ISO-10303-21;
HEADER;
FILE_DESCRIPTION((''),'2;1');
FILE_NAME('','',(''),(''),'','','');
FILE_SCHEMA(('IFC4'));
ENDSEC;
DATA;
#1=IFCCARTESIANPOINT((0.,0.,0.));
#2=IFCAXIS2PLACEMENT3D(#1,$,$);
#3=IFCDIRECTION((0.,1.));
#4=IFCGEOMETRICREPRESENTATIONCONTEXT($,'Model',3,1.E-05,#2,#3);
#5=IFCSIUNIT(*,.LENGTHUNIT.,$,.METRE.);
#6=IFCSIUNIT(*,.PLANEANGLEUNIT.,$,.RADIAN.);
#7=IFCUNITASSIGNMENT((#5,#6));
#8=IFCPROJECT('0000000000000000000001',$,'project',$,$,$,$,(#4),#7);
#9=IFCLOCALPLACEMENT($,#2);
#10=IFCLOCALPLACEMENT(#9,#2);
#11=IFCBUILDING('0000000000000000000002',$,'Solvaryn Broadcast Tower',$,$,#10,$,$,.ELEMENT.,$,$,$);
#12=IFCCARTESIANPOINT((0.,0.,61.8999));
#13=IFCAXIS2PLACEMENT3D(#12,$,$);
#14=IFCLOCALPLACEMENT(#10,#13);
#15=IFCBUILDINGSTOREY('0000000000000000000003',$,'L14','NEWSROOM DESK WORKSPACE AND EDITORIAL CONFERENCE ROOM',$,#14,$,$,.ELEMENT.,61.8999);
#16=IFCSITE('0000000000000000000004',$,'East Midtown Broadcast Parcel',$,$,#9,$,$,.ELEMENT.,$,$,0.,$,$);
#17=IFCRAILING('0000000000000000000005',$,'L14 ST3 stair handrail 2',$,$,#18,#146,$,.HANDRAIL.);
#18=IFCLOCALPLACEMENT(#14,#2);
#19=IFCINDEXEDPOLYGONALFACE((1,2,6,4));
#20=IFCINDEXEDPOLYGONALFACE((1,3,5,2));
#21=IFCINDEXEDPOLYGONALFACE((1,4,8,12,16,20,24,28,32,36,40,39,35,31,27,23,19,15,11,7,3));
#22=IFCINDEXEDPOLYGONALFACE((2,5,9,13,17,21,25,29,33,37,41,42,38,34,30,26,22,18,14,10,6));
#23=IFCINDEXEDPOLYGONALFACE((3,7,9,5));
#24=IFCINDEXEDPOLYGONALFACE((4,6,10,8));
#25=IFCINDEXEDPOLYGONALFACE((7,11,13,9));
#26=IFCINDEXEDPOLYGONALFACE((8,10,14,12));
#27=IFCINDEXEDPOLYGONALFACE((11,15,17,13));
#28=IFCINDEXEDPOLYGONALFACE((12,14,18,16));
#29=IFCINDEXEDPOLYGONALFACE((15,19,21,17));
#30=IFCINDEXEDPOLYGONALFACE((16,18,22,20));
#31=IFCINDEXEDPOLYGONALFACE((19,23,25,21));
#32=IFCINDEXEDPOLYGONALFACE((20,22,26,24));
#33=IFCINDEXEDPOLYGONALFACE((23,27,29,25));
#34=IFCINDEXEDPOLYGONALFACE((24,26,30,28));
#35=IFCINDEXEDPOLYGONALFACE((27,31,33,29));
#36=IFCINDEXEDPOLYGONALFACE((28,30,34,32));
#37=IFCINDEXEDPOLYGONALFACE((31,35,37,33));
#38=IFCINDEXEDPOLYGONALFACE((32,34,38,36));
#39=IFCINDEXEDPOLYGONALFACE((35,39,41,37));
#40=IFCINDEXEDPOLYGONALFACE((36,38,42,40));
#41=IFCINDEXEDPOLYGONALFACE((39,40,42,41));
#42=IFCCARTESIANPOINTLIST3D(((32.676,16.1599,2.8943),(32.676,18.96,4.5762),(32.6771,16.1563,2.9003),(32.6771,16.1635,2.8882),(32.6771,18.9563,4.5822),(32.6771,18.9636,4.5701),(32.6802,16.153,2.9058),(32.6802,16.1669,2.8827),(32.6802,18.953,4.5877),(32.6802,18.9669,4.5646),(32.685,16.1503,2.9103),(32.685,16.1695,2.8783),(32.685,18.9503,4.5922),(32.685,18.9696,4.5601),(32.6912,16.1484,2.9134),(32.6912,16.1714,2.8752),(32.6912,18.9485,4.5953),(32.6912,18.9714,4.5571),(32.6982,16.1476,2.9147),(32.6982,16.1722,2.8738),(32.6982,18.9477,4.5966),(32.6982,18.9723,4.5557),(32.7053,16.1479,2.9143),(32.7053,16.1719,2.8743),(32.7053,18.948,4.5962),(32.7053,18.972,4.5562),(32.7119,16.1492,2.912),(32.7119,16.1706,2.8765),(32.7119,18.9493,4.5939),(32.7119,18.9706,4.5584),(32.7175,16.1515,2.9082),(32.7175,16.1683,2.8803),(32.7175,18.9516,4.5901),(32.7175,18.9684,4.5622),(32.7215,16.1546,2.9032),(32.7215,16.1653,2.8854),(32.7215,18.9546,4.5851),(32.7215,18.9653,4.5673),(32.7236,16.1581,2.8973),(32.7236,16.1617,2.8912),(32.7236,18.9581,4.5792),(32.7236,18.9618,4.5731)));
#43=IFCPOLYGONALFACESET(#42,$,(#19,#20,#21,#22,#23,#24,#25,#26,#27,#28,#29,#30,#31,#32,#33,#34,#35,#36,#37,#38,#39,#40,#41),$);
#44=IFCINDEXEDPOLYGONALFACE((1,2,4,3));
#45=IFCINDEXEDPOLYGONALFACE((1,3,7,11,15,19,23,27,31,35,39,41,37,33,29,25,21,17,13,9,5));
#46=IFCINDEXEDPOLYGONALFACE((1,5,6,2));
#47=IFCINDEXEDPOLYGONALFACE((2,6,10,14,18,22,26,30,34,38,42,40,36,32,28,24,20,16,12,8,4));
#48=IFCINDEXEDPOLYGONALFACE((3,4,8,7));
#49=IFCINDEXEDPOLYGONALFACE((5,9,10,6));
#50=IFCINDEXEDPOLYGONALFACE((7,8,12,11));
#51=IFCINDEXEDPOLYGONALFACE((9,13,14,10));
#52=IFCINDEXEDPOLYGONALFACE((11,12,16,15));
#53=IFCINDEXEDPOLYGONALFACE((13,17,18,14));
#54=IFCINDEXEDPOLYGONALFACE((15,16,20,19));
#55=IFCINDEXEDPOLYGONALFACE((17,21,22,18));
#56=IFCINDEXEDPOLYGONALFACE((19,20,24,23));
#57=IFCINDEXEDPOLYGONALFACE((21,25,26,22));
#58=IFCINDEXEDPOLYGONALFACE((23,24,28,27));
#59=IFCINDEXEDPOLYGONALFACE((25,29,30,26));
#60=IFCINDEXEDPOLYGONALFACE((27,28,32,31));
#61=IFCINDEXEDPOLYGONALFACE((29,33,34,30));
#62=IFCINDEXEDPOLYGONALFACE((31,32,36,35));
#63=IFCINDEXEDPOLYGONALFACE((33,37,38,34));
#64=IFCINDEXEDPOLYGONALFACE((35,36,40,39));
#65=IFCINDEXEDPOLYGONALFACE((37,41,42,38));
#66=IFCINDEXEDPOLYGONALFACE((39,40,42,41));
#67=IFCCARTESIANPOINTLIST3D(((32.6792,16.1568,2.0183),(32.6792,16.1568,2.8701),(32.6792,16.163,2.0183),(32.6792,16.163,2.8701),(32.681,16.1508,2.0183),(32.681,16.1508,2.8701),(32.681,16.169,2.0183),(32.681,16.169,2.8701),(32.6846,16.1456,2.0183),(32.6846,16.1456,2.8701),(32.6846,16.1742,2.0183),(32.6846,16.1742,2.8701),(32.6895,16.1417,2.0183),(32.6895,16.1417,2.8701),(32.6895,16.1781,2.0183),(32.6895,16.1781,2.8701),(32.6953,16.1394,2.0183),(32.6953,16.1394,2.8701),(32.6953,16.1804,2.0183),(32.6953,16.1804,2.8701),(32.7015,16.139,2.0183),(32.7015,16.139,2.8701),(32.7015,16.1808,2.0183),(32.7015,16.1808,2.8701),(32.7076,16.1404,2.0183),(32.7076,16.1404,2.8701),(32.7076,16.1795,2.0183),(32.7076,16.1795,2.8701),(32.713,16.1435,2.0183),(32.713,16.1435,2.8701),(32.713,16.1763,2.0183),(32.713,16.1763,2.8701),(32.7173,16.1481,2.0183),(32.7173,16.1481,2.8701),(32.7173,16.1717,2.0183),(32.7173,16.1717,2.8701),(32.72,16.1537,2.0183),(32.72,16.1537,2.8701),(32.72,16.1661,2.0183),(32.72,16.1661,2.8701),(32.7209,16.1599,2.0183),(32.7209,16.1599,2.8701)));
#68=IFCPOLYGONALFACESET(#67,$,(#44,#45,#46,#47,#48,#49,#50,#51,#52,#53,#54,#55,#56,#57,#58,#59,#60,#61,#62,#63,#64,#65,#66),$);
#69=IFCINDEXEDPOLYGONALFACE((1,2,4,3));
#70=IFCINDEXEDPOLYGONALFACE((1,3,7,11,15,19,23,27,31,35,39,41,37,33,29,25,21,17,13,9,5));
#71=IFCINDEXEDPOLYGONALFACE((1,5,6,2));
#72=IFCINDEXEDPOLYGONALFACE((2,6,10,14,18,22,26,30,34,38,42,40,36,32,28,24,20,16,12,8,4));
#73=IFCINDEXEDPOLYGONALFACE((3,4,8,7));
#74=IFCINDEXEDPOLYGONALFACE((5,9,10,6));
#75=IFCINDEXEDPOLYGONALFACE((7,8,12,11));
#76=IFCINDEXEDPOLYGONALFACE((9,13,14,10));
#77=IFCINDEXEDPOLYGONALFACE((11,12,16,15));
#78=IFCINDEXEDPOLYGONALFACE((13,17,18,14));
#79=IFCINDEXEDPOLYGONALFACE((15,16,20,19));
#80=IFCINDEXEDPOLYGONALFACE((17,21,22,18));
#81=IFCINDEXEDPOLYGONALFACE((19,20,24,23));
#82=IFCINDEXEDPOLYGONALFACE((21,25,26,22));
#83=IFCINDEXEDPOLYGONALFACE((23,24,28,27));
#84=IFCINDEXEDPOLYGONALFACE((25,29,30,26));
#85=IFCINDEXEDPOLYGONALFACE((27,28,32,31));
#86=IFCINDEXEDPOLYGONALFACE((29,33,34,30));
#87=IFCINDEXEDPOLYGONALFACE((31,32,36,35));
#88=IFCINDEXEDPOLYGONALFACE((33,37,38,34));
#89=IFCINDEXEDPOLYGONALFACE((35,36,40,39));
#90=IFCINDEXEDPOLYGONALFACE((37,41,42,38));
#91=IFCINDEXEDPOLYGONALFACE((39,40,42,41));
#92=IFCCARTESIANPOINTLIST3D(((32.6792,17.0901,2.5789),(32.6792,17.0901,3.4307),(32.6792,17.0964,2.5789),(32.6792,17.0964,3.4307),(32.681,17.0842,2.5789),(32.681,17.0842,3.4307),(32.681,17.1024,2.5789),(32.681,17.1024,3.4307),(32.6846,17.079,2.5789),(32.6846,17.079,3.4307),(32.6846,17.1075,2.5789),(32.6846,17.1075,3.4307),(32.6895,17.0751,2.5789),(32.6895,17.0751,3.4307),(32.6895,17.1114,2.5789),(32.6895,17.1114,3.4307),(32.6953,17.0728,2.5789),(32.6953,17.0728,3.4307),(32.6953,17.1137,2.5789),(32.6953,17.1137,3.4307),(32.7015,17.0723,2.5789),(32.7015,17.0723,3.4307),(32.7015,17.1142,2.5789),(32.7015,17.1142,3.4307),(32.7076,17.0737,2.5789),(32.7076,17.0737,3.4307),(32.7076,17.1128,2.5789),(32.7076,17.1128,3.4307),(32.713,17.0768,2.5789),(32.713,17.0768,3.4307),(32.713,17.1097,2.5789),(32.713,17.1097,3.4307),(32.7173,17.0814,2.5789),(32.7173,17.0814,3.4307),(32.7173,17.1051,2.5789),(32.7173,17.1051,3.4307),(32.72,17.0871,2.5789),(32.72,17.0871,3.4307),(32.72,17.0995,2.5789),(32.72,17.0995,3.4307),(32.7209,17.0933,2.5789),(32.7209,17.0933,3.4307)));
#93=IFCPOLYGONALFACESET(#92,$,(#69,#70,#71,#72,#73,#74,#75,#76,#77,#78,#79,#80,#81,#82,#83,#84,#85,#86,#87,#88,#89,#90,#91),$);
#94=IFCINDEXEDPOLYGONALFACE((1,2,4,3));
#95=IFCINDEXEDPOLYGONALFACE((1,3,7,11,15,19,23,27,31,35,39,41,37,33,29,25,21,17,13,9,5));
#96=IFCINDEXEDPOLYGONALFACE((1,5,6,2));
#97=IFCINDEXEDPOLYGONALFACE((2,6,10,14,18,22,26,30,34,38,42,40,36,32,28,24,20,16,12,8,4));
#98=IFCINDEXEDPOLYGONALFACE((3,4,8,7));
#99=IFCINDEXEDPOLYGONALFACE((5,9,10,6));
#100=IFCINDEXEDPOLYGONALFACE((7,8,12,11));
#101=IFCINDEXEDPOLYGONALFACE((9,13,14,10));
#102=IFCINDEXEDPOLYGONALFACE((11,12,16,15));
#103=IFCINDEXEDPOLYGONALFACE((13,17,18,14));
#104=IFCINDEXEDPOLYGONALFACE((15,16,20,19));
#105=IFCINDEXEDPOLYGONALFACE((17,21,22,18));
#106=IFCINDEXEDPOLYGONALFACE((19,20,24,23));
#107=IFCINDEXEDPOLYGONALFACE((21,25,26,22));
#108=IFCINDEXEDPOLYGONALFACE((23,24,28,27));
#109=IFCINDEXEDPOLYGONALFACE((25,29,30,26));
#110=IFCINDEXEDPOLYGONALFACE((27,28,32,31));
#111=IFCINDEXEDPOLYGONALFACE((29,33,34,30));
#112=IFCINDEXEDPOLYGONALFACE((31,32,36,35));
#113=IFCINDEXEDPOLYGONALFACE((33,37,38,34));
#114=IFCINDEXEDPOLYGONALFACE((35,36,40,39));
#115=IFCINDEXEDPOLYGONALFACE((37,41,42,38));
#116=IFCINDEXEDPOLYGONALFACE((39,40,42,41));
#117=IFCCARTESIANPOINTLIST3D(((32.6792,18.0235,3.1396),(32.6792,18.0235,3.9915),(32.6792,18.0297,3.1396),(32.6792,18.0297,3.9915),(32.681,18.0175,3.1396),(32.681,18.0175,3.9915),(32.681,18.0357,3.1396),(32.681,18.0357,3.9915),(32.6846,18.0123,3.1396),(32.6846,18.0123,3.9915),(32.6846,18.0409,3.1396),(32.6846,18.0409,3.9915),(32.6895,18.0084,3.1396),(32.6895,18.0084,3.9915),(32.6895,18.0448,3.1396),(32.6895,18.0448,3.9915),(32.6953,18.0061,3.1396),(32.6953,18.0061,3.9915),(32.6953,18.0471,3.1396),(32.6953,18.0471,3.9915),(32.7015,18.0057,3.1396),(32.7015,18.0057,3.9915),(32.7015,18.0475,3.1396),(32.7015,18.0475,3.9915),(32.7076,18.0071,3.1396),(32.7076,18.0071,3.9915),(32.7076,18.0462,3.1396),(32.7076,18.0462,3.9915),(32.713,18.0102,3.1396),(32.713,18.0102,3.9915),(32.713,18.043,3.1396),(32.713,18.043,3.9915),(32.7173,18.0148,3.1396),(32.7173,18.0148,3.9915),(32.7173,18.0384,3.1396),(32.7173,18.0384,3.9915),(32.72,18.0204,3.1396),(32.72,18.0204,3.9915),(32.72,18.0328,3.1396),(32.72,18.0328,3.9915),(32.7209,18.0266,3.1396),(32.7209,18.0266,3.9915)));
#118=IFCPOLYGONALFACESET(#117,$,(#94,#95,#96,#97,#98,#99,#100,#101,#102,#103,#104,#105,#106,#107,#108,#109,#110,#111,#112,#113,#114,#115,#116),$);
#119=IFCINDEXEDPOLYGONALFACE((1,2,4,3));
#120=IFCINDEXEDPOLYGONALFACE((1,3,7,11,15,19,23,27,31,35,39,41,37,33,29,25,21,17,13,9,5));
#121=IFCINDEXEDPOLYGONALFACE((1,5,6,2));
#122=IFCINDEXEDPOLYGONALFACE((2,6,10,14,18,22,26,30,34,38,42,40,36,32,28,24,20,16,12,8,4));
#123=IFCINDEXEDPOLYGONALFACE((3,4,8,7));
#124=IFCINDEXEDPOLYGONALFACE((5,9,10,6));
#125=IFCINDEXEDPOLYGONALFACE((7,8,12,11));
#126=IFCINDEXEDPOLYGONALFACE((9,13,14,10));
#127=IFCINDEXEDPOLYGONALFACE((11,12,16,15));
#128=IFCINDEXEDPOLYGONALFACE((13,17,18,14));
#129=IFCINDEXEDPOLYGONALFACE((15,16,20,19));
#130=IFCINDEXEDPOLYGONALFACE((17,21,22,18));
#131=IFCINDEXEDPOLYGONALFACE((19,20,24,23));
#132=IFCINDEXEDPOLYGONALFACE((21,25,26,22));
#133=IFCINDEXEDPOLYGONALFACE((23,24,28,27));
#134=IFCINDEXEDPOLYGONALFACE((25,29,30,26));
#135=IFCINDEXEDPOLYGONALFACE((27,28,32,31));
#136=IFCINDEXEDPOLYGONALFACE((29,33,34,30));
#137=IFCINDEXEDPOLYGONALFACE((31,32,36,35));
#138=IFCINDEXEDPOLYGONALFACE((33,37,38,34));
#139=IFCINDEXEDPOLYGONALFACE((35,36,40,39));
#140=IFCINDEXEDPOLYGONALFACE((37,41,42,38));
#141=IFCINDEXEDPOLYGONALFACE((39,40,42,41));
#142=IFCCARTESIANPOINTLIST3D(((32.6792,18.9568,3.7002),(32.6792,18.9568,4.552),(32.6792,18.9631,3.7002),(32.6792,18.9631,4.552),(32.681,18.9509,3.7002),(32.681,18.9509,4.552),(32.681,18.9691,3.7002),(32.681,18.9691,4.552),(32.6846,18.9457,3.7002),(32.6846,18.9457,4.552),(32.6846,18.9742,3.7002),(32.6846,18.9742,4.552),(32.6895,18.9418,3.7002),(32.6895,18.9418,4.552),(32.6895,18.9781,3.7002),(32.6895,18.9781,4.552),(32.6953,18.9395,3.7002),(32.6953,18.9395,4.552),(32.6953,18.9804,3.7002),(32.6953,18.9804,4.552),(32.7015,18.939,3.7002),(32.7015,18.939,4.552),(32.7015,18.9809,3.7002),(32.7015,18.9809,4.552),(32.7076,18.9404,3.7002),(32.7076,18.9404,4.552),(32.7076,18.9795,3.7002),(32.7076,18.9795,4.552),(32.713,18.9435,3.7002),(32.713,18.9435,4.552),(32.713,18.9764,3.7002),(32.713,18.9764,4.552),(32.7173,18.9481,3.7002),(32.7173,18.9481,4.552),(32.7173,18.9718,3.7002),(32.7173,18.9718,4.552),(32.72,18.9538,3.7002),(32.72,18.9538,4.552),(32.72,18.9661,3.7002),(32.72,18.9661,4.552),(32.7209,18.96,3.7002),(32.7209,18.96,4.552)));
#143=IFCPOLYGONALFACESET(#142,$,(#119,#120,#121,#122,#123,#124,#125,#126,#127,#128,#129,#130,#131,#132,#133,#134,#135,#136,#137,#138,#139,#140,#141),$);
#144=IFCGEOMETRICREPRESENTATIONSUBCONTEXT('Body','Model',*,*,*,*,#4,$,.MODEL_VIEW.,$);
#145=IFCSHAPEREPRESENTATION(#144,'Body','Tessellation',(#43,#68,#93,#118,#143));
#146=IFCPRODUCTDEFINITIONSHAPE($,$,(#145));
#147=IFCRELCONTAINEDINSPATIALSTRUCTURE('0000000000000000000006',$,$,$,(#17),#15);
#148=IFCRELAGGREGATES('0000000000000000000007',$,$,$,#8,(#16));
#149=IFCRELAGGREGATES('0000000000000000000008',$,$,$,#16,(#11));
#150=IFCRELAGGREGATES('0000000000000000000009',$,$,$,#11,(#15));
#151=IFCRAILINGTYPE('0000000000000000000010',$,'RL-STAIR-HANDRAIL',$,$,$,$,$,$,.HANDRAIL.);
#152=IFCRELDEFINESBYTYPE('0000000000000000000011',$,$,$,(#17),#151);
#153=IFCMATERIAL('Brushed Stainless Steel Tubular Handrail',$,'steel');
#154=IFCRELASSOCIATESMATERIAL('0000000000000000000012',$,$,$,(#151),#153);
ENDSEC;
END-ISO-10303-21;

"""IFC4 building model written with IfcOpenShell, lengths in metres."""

from ifc_helpers import new_model, si_unit, direction, frame, origin, origin_2d, place, context, subcontext, project, spatial, circle, extrude, material, type_object, element, save


model = new_model("IFC4")

# Units and contexts
model_context = context("Model", 3, precision=1e-05, world=origin(), true_north=direction((0.0, 1.0)))
body_context = subcontext(model_context, "Body", "Model", "MODEL_VIEW")
ifc_project = project(units=[si_unit("LENGTHUNIT", "METRE"), si_unit("PLANEANGLEUNIT", "RADIAN")], contexts=[model_context])

# Site, building, storey
site_placement = place(None, origin())
site = spatial("IfcSite", under=ifc_project, at=site_placement, Name="East Midtown Broadcast Parcel", CompositionType="ELEMENT", RefElevation=0.0)
building_placement = place(site_placement, origin())
building = spatial("IfcBuilding", under=site, at=building_placement, Name="Solvaryn Broadcast Tower", CompositionType="ELEMENT")
storey_placement = place(building_placement, frame((0.0, 0.0, 61.8999)))
storey = spatial("IfcBuildingStorey", under=building, at=storey_placement, Name="L14", Description="NEWSROOM DESK WORKSPACE AND EDITORIAL CONFERENCE ROOM", CompositionType="ELEMENT", Elevation=61.8999)

# Railing
ifc_material_1 = material(Name="Brushed Stainless Steel Tubular Handrail", Category="steel")
railing_type_1 = type_object("IfcRailingType", Name="RL-STAIR-HANDRAIL", PredefinedType="HANDRAIL", material=ifc_material_1)
railing_1_placement = place(storey_placement, frame((32.7, 16.1599, 2.0183)))
element("IfcRailing", 1, at=railing_1_placement, inside=storey, type_object=railing_type_1, Name="L14 ST3 stair handrail 2", PredefinedType="HANDRAIL", context=body_context, shape_type="SweptSolid", body=[
    extrude(circle(Radius=0.0239, at=origin_2d()), frame((0.0, 0.0, 0.876), z_axis=(0.0, 0.857242, 0.514913), x_axis=(-1.0, 0.0, 0.0)), (0.0, 0.0, 1.0), 3.2664),
    extrude(circle(Radius=0.021, at=origin_2d()), origin(), (0.0, 0.0, 1.0), 0.8518),
    extrude(circle(Radius=0.021, at=origin_2d()), frame((0.0, 0.9333, 0.5605)), (0.0, 0.0, 1.0), 0.8518),
    extrude(circle(Radius=0.021, at=origin_2d()), frame((0.0, 1.8667, 1.1213)), (0.0, 0.0, 1.0), 0.8518),
    extrude(circle(Radius=0.021, at=origin_2d()), frame((0.0, 2.8, 1.6819)), (0.0, 0.0, 1.0), 0.8518),
])

save(model, "model.ifc")
